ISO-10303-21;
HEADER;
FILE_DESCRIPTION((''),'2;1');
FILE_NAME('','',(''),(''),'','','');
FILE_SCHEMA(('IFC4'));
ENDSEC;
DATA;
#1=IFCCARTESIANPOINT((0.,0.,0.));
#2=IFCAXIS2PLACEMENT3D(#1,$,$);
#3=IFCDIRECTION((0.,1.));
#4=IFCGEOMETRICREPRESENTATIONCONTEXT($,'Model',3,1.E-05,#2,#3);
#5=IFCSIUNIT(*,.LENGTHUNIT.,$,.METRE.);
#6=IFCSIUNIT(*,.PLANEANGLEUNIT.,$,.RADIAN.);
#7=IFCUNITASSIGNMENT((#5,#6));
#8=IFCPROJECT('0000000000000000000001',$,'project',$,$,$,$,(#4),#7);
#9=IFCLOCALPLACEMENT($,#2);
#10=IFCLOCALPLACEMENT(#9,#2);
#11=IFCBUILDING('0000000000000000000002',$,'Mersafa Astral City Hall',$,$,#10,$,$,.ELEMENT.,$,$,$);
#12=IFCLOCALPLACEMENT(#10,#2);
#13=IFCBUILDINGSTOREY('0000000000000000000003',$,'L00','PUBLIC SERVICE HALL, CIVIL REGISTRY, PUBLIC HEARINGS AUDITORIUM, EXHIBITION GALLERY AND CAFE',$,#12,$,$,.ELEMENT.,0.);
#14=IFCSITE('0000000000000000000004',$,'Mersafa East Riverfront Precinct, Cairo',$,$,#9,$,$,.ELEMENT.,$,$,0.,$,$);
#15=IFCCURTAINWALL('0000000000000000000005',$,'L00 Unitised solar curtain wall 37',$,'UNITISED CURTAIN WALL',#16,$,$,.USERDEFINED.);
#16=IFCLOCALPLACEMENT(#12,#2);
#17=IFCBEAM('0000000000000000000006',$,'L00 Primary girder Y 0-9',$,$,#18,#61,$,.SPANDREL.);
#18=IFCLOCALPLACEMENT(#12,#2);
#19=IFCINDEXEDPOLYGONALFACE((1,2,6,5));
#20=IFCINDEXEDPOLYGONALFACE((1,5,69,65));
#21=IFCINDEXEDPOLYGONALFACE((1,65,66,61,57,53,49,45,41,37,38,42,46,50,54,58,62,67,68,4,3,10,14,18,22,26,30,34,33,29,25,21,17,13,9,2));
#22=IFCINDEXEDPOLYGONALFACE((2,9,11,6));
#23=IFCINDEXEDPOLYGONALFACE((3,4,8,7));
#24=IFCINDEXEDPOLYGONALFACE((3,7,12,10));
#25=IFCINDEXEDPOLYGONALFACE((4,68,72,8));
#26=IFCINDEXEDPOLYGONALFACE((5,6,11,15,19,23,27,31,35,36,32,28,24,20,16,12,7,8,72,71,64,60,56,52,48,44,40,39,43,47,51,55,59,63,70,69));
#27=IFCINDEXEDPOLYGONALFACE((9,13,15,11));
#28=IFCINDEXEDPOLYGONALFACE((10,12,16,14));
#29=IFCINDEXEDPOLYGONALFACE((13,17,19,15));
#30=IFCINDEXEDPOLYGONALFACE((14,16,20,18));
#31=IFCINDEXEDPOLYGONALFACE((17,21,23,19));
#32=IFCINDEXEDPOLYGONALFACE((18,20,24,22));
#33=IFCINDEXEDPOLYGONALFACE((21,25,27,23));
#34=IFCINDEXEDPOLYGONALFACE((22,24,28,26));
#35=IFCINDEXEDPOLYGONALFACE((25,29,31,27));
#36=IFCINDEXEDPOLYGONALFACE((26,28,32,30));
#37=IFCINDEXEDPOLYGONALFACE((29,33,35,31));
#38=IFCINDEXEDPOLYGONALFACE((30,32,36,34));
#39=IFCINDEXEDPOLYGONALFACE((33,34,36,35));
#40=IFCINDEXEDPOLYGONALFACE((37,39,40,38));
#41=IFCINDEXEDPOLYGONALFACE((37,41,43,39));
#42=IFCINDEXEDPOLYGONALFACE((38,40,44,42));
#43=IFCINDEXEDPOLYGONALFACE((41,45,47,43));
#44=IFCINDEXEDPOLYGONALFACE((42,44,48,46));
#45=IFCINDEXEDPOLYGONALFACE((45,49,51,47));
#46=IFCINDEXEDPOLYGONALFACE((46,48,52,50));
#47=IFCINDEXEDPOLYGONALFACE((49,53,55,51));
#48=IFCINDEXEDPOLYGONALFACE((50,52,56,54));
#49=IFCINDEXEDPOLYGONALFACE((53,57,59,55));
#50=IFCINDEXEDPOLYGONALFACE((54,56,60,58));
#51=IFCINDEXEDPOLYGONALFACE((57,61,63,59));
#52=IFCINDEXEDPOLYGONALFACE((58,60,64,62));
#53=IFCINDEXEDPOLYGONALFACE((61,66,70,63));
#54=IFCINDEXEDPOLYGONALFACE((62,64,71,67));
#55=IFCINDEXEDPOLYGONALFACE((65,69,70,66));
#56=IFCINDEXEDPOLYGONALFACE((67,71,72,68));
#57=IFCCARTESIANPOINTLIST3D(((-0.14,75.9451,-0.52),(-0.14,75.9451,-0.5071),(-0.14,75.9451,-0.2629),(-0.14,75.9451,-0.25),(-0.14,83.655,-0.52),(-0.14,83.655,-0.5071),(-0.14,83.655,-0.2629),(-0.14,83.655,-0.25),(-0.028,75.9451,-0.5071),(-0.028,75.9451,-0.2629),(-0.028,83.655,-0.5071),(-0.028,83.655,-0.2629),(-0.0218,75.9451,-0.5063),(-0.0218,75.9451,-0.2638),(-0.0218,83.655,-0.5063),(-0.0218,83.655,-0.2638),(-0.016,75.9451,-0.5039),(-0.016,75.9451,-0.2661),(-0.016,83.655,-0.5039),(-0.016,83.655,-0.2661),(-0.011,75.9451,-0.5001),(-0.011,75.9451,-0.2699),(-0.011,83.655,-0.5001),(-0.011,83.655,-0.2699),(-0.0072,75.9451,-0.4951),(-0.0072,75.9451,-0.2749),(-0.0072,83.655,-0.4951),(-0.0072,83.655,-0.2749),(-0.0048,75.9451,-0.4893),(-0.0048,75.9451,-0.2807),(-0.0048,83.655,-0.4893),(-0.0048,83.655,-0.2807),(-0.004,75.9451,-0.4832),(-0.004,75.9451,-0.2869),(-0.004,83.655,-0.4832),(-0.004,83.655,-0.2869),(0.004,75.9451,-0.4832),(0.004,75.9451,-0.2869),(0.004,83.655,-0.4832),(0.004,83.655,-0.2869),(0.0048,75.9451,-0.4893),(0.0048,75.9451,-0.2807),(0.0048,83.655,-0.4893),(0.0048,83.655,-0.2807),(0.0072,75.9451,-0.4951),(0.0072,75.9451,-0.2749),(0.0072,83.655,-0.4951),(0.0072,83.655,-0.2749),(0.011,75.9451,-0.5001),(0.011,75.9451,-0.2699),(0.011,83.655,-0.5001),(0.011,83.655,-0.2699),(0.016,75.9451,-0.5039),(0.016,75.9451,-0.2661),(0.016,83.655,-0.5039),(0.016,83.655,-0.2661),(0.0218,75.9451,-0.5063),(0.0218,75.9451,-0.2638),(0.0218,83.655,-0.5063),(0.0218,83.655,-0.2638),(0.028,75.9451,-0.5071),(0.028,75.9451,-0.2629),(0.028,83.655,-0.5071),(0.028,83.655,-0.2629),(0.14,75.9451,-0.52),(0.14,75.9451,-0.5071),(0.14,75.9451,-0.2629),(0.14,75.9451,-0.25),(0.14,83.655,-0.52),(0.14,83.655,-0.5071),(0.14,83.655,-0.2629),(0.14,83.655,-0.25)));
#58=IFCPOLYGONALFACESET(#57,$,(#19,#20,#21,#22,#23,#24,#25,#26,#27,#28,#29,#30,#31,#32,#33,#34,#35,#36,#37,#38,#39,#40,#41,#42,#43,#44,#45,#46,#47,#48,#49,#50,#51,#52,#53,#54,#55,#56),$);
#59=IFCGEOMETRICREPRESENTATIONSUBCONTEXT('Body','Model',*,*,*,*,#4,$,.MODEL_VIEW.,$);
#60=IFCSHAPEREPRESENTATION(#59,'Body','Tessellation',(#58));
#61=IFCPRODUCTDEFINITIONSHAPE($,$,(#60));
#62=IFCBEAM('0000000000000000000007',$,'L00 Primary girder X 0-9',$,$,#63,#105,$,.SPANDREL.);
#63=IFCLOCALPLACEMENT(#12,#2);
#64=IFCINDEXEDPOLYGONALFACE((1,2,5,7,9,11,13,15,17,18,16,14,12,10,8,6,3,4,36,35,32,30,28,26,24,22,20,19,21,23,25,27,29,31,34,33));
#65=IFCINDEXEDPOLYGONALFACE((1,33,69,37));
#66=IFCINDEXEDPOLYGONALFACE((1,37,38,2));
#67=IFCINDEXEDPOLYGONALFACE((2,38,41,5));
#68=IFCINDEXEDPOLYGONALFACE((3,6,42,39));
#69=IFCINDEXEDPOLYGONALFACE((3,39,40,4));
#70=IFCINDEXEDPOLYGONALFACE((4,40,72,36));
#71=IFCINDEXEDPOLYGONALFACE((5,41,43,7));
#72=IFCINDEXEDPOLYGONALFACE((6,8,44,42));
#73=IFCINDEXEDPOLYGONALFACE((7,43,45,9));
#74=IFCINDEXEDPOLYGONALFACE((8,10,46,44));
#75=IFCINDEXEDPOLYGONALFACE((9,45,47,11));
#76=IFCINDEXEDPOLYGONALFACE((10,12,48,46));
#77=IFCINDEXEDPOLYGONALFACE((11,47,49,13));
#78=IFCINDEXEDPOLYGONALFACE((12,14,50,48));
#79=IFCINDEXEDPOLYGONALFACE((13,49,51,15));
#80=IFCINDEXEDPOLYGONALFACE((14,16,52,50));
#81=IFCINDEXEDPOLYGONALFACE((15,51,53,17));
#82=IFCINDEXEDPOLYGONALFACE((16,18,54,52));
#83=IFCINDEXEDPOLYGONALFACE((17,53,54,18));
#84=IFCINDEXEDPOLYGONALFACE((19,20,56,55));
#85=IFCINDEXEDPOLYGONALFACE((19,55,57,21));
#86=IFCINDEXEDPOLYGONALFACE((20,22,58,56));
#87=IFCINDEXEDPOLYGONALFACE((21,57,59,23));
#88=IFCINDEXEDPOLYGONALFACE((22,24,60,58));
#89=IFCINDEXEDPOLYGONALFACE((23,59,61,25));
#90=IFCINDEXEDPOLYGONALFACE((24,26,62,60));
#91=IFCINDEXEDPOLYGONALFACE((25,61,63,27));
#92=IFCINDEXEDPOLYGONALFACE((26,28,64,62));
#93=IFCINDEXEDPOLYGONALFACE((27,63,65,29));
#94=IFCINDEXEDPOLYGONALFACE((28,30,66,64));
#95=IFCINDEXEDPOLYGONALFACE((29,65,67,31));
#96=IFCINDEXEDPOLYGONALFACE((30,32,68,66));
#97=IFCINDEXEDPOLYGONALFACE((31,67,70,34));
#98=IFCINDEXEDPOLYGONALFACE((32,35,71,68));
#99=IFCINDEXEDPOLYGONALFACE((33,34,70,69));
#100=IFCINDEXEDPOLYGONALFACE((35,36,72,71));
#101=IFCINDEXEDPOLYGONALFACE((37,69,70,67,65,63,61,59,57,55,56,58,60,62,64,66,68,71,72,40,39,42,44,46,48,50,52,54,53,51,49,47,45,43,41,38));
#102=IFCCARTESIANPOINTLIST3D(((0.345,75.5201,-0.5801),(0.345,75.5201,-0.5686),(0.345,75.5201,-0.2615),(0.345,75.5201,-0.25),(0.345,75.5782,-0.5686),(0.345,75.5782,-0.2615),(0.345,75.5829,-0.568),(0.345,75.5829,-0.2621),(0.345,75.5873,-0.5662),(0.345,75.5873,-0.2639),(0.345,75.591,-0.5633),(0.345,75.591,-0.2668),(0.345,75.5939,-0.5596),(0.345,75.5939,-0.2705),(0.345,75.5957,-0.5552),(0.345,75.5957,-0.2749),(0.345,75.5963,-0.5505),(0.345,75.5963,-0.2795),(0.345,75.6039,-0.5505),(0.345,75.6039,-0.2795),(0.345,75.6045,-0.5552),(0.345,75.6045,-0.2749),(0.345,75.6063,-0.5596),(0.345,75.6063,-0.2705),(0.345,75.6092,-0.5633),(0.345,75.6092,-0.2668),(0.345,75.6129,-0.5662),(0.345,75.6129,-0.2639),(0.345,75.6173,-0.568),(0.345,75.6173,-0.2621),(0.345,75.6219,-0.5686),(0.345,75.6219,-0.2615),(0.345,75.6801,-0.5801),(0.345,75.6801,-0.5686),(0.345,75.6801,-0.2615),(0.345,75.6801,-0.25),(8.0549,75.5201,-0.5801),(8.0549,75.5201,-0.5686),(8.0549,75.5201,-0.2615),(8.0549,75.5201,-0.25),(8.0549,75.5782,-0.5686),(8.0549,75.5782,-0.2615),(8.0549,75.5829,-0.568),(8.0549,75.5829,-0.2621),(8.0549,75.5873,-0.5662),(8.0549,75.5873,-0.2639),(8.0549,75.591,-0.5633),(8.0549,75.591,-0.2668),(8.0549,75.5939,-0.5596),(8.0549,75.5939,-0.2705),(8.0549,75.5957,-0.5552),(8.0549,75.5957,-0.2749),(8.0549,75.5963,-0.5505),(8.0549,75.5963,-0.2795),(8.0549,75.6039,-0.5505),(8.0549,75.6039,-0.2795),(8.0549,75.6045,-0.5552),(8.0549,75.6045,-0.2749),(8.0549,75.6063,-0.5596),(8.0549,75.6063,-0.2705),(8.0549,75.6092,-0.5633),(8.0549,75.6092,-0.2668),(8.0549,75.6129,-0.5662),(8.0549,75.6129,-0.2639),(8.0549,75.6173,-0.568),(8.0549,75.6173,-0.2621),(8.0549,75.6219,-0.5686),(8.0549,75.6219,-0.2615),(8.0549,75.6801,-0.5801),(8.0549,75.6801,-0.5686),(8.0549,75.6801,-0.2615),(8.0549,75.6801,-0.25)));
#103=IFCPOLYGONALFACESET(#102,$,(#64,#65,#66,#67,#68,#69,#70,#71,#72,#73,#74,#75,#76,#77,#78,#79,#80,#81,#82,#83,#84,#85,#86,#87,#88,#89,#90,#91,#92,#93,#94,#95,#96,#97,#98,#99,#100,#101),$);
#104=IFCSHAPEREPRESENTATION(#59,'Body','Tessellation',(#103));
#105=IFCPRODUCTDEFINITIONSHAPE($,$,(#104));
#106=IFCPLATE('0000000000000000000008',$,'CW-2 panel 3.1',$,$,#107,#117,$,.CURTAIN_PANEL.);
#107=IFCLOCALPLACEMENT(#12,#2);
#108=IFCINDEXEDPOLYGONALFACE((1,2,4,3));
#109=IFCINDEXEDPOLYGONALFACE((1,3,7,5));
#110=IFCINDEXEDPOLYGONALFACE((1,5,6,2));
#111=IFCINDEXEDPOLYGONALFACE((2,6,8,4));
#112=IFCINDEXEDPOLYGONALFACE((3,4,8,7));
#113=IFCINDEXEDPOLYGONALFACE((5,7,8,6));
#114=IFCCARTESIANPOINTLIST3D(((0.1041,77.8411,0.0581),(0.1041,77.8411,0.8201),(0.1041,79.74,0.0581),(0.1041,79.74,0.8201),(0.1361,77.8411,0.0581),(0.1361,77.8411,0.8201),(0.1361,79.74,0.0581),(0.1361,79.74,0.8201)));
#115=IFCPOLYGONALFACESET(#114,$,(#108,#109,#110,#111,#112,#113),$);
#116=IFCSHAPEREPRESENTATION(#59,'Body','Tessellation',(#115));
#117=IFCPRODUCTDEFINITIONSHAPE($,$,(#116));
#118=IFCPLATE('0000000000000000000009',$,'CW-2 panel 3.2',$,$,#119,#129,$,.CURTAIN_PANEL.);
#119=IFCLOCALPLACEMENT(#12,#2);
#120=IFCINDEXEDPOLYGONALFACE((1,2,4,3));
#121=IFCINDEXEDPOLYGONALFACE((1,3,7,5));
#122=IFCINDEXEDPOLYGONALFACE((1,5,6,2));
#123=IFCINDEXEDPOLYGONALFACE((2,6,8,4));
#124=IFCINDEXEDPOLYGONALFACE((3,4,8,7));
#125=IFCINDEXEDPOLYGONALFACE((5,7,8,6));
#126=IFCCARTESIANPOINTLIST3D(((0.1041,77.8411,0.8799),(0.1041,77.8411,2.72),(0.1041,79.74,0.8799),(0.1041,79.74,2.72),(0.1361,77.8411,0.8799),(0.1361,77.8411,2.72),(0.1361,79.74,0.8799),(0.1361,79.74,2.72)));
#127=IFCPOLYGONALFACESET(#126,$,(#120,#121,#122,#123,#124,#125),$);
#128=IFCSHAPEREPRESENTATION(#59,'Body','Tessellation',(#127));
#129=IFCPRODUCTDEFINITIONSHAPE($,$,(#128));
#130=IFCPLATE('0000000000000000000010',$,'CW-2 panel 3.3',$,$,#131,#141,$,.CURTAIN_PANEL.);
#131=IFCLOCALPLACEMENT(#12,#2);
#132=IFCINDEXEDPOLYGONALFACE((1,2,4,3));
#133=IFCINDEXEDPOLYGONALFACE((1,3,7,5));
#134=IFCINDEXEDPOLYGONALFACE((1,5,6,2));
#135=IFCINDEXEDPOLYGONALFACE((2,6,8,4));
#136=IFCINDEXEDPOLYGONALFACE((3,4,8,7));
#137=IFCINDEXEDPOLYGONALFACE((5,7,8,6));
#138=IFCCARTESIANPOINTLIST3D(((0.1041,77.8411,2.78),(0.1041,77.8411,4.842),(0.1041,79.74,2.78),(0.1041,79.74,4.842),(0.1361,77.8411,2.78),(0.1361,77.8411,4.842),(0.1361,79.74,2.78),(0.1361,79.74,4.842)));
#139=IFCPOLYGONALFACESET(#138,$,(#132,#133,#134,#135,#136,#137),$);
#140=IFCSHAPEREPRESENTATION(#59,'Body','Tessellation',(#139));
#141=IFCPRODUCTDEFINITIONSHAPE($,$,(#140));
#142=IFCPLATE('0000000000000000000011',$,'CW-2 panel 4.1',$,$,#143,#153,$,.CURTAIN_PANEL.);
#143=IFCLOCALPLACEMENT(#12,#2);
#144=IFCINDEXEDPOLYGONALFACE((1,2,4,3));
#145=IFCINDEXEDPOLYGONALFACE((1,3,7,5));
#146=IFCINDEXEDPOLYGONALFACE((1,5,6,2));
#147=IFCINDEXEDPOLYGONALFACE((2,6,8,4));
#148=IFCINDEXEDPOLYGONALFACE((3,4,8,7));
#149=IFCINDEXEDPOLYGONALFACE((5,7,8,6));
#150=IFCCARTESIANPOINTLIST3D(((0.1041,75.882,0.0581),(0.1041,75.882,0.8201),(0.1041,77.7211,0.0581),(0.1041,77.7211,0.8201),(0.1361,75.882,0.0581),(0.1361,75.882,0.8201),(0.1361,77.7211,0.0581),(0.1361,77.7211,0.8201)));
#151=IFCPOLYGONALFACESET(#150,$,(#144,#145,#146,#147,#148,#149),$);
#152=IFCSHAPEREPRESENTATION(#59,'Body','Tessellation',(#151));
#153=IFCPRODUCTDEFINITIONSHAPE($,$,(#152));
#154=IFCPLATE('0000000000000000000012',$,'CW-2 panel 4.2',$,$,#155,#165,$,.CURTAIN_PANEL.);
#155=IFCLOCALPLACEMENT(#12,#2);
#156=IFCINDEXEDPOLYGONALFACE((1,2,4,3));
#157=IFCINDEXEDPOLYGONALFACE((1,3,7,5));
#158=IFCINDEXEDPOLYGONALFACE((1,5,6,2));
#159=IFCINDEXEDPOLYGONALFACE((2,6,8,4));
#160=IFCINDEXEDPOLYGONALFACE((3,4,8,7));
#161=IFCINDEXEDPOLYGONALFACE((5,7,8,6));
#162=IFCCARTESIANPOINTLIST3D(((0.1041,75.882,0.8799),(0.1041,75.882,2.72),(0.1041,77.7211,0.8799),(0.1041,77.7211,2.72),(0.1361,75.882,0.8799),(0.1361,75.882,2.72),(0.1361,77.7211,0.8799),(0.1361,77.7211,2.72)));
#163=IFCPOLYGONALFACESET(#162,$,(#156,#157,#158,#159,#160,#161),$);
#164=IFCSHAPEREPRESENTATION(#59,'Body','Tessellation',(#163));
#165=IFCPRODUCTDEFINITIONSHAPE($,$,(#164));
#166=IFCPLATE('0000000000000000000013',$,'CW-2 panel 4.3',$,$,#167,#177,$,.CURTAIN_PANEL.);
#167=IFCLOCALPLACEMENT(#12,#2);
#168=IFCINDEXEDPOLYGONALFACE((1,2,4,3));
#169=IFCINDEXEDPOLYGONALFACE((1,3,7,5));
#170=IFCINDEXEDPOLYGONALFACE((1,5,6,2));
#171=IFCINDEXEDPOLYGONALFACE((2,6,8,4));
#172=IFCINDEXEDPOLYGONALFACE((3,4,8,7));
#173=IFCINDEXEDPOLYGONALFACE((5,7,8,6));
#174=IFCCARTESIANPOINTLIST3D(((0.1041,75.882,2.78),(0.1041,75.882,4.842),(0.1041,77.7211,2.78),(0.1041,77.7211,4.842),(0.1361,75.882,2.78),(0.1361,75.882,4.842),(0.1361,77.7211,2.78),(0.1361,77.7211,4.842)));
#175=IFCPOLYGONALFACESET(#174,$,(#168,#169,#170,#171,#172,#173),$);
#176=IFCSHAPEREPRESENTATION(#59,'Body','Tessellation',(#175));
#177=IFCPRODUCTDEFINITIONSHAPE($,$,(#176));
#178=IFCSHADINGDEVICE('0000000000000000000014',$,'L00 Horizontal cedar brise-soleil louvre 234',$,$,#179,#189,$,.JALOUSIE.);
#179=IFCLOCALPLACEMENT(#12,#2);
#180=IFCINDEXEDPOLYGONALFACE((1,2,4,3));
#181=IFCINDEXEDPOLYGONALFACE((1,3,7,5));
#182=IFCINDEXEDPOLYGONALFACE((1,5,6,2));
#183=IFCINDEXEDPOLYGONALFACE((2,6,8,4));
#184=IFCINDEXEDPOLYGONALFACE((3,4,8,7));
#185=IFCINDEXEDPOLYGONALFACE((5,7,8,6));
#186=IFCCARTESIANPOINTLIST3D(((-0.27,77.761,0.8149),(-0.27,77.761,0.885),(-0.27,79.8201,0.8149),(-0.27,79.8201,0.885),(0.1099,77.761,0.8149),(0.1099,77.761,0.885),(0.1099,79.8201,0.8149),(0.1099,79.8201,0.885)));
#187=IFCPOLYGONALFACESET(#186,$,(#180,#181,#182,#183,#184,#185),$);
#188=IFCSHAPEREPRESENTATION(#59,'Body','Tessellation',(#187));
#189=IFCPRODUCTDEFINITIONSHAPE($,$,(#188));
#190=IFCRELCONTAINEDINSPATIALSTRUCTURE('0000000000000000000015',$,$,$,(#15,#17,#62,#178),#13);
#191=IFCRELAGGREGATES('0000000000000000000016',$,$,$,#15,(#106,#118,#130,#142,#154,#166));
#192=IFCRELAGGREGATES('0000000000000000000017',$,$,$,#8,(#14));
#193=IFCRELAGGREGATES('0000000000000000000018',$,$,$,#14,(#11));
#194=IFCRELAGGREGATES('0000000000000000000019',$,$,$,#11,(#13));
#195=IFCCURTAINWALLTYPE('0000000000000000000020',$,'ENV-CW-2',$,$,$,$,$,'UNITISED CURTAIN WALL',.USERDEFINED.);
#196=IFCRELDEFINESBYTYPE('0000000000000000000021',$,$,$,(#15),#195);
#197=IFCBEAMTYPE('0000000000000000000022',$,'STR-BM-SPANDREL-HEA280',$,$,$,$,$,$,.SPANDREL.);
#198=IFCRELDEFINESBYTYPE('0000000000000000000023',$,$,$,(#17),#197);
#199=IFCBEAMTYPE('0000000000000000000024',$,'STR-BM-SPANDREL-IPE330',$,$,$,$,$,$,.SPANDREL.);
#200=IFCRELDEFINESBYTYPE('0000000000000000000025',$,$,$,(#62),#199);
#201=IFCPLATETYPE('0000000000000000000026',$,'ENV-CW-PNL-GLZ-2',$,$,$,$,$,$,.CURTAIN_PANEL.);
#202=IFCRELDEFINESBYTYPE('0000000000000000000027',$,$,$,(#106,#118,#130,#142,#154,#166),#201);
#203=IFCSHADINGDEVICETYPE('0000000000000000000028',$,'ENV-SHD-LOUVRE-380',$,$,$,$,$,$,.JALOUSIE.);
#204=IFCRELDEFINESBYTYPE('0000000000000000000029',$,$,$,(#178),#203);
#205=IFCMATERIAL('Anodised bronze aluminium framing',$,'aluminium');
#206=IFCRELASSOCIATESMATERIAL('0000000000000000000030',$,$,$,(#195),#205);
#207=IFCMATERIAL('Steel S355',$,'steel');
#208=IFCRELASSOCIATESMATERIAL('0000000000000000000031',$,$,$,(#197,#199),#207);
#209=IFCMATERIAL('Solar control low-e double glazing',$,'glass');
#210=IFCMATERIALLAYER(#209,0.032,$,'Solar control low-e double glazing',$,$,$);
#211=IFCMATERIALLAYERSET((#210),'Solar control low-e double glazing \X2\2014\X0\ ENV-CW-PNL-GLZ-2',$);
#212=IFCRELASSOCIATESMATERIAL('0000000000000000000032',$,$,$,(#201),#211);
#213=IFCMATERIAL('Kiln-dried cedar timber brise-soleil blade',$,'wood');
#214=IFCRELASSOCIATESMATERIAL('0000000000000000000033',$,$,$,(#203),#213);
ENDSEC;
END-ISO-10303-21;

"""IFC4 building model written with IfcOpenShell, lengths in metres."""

from ifc_helpers import new_model, si_unit, direction, frame, origin, origin_2d, place, context, subcontext, project, spatial, rectangle, i_section, extrude, material, layer, layer_set, material_profile, profile_set, type_object, element, aggregate, save


model = new_model("IFC4")

# Units and contexts
model_context = context("Model", 3, precision=1e-05, world=origin(), true_north=direction((0.0, 1.0)))
body_context = subcontext(model_context, "Body", "Model", "MODEL_VIEW")
ifc_project = project(units=[si_unit("LENGTHUNIT", "METRE"), si_unit("PLANEANGLEUNIT", "RADIAN")], contexts=[model_context])

# Site, building, storey
site_placement = place(None, origin())
site = spatial("IfcSite", under=ifc_project, at=site_placement, Name="Mersafa East Riverfront Precinct, Cairo", CompositionType="ELEMENT", RefElevation=0.0)
building_placement = place(site_placement, origin())
building = spatial("IfcBuilding", under=site, at=building_placement, Name="Mersafa Astral City Hall", CompositionType="ELEMENT")
storey_placement = place(building_placement, origin())
storey = spatial("IfcBuildingStorey", under=building, at=storey_placement, Name="L00", Description="PUBLIC SERVICE HALL, CIVIL REGISTRY, PUBLIC HEARINGS AUDITORIUM, EXHIBITION GALLERY AND CAFE", CompositionType="ELEMENT", Elevation=0.0)

# Shared definitions
ifc_material_1 = material(Name="Steel S355", Category="steel")

# Curtain wall
ifc_material_2 = material(Name="Anodised bronze aluminium framing", Category="aluminium")
curtain_wall_type = type_object("IfcCurtainWallType", Name="ENV-CW-2", ElementType="UNITISED CURTAIN WALL", PredefinedType="USERDEFINED", material=ifc_material_2)
curtain_wall_placement = place(storey_placement, origin())
curtain_wall = element("IfcCurtainWall", 1, at=curtain_wall_placement, inside=storey, type_object=curtain_wall_type, Name="L00 Unitised solar curtain wall 37", ObjectType="UNITISED CURTAIN WALL", PredefinedType="USERDEFINED")

# Beams
ifc_material_profile_1 = material_profile(ifc_material_1, i_section(OverallWidth=0.28, OverallDepth=0.27, WebThickness=0.0081, FlangeThickness=0.0129, FilletRadius=0.0239, at=origin_2d()), Name="HEA 280")
ifc_profile_set_1 = profile_set([ifc_material_profile_1], Name="Steel S355")
beam_type_1 = type_object("IfcBeamType", Name="STR-BM-SPANDREL-HEA280", PredefinedType="SPANDREL", material=ifc_profile_set_1)
beam_1_placement = place(storey_placement, frame((0.0, 75.9451, -0.385), z_axis=(0.0, 1.0, 0.0), x_axis=(-1.0, 0.0, 0.0)))
element("IfcBeam", 2, at=beam_1_placement, inside=storey, type_object=beam_type_1, Name="L00 Primary girder Y 0-9", PredefinedType="SPANDREL", context=body_context, shape_type="SweptSolid", body=[
    extrude(i_section(OverallWidth=0.28, OverallDepth=0.27, WebThickness=0.0081, FlangeThickness=0.0129, FilletRadius=0.0239, at=origin_2d()), origin(), (0.0, 0.0, 1.0), 7.71),
])
ifc_material_profile_2 = material_profile(ifc_material_1, i_section(OverallWidth=0.1599, OverallDepth=0.3301, WebThickness=0.0076, FlangeThickness=0.0115, FilletRadius=0.0181, at=origin_2d()), Name="IPE 330")
ifc_profile_set_2 = profile_set([ifc_material_profile_2], Name="Steel S355")
beam_type_2 = type_object("IfcBeamType", Name="STR-BM-SPANDREL-IPE330", PredefinedType="SPANDREL", material=ifc_profile_set_2)
beam_2_placement = place(storey_placement, frame((0.345, 75.6001, -0.415), z_axis=(1.0, 0.0, 0.0), x_axis=(0.0, 1.0, 0.0)))
element("IfcBeam", 3, at=beam_2_placement, inside=storey, type_object=beam_type_2, Name="L00 Primary girder X 0-9", PredefinedType="SPANDREL", context=body_context, shape_type="SweptSolid", body=[
    extrude(i_section(OverallWidth=0.1599, OverallDepth=0.3301, WebThickness=0.0076, FlangeThickness=0.0115, FilletRadius=0.0181, at=origin_2d()), origin(), (0.0, 0.0, 1.0), 7.71),
])

# Plates
ifc_material_3 = material(Name="Solar control low-e double glazing", Category="glass")
ifc_layer = layer(ifc_material_3, 0.032, Name="Solar control low-e double glazing")
ifc_layer_set = layer_set([ifc_layer], Name="Solar control low-e double glazing — ENV-CW-PNL-GLZ-2")
plate_type = type_object("IfcPlateType", Name="ENV-CW-PNL-GLZ-2", PredefinedType="CURTAIN_PANEL", material=ifc_layer_set)
plate_1_placement = place(storey_placement, frame((0.1201, 78.7905, 0.0581), z_axis=(0.0, 0.0, 1.0), x_axis=(0.0, -1.0, 0.0)))
plate_1 = element("IfcPlate", 4, at=plate_1_placement, type_object=plate_type, Name="CW-2 panel 3.1", PredefinedType="CURTAIN_PANEL", context=body_context, shape_type="SweptSolid", body=[
    extrude(rectangle(XDim=1.8989, YDim=0.032, at=origin_2d()), origin(), (0.0, 0.0, 1.0), 0.762),
])
plate_2_placement = place(storey_placement, frame((0.1201, 78.7905, 0.8799), z_axis=(0.0, 0.0, 1.0), x_axis=(0.0, -1.0, 0.0)))
plate_2 = element("IfcPlate", 5, at=plate_2_placement, type_object=plate_type, Name="CW-2 panel 3.2", PredefinedType="CURTAIN_PANEL", context=body_context, shape_type="SweptSolid", body=[
    extrude(rectangle(XDim=1.8989, YDim=0.032, at=origin_2d()), origin(), (0.0, 0.0, 1.0), 1.8401),
])
plate_3_placement = place(storey_placement, frame((0.1201, 78.7905, 2.78), z_axis=(0.0, 0.0, 1.0), x_axis=(0.0, -1.0, 0.0)))
plate_3 = element("IfcPlate", 6, at=plate_3_placement, type_object=plate_type, Name="CW-2 panel 3.3", PredefinedType="CURTAIN_PANEL", context=body_context, shape_type="SweptSolid", body=[
    extrude(rectangle(XDim=1.8989, YDim=0.032, at=origin_2d()), origin(), (0.0, 0.0, 1.0), 2.062),
])
plate_4_placement = place(storey_placement, frame((0.1201, 76.8015, 0.0581), z_axis=(0.0, 0.0, 1.0), x_axis=(0.0, -1.0, 0.0)))
plate_4 = element("IfcPlate", 7, at=plate_4_placement, type_object=plate_type, Name="CW-2 panel 4.1", PredefinedType="CURTAIN_PANEL", context=body_context, shape_type="SweptSolid", body=[
    extrude(rectangle(XDim=1.8391, YDim=0.032, at=origin_2d()), origin(), (0.0, 0.0, 1.0), 0.762),
])
plate_5_placement = place(storey_placement, frame((0.1201, 76.8015, 0.8799), z_axis=(0.0, 0.0, 1.0), x_axis=(0.0, -1.0, 0.0)))
plate_5 = element("IfcPlate", 8, at=plate_5_placement, type_object=plate_type, Name="CW-2 panel 4.2", PredefinedType="CURTAIN_PANEL", context=body_context, shape_type="SweptSolid", body=[
    extrude(rectangle(XDim=1.8391, YDim=0.032, at=origin_2d()), origin(), (0.0, 0.0, 1.0), 1.8401),
])
plate_6_placement = place(storey_placement, frame((0.1201, 76.8015, 2.78), z_axis=(0.0, 0.0, 1.0), x_axis=(0.0, -1.0, 0.0)))
plate_6 = element("IfcPlate", 9, at=plate_6_placement, type_object=plate_type, Name="CW-2 panel 4.3", PredefinedType="CURTAIN_PANEL", context=body_context, shape_type="SweptSolid", body=[
    extrude(rectangle(XDim=1.8391, YDim=0.032, at=origin_2d()), origin(), (0.0, 0.0, 1.0), 2.062),
])
aggregate(curtain_wall, [plate_1, plate_2, plate_3, plate_4, plate_5, plate_6])

# Shading device
ifc_material_4 = material(Name="Kiln-dried cedar timber brise-soleil blade", Category="wood")
shading_device_type = type_object("IfcShadingDeviceType", Name="ENV-SHD-LOUVRE-380", PredefinedType="JALOUSIE", material=ifc_material_4)
shading_device_1_placement = place(storey_placement, frame((-0.0801, 78.7905, 0.8149), z_axis=(0.0, 0.0, 1.0), x_axis=(0.0, -1.0, 0.0)))
element("IfcShadingDevice", 10, at=shading_device_1_placement, inside=storey, type_object=shading_device_type, Name="L00 Horizontal cedar brise-soleil louvre 234", PredefinedType="JALOUSIE", context=body_context, shape_type="SweptSolid", body=[
    extrude(rectangle(XDim=2.0591, YDim=0.3799, at=origin_2d()), origin(), (0.0, 0.0, 1.0), 0.0701),
])

save(model, "model.ifc")
